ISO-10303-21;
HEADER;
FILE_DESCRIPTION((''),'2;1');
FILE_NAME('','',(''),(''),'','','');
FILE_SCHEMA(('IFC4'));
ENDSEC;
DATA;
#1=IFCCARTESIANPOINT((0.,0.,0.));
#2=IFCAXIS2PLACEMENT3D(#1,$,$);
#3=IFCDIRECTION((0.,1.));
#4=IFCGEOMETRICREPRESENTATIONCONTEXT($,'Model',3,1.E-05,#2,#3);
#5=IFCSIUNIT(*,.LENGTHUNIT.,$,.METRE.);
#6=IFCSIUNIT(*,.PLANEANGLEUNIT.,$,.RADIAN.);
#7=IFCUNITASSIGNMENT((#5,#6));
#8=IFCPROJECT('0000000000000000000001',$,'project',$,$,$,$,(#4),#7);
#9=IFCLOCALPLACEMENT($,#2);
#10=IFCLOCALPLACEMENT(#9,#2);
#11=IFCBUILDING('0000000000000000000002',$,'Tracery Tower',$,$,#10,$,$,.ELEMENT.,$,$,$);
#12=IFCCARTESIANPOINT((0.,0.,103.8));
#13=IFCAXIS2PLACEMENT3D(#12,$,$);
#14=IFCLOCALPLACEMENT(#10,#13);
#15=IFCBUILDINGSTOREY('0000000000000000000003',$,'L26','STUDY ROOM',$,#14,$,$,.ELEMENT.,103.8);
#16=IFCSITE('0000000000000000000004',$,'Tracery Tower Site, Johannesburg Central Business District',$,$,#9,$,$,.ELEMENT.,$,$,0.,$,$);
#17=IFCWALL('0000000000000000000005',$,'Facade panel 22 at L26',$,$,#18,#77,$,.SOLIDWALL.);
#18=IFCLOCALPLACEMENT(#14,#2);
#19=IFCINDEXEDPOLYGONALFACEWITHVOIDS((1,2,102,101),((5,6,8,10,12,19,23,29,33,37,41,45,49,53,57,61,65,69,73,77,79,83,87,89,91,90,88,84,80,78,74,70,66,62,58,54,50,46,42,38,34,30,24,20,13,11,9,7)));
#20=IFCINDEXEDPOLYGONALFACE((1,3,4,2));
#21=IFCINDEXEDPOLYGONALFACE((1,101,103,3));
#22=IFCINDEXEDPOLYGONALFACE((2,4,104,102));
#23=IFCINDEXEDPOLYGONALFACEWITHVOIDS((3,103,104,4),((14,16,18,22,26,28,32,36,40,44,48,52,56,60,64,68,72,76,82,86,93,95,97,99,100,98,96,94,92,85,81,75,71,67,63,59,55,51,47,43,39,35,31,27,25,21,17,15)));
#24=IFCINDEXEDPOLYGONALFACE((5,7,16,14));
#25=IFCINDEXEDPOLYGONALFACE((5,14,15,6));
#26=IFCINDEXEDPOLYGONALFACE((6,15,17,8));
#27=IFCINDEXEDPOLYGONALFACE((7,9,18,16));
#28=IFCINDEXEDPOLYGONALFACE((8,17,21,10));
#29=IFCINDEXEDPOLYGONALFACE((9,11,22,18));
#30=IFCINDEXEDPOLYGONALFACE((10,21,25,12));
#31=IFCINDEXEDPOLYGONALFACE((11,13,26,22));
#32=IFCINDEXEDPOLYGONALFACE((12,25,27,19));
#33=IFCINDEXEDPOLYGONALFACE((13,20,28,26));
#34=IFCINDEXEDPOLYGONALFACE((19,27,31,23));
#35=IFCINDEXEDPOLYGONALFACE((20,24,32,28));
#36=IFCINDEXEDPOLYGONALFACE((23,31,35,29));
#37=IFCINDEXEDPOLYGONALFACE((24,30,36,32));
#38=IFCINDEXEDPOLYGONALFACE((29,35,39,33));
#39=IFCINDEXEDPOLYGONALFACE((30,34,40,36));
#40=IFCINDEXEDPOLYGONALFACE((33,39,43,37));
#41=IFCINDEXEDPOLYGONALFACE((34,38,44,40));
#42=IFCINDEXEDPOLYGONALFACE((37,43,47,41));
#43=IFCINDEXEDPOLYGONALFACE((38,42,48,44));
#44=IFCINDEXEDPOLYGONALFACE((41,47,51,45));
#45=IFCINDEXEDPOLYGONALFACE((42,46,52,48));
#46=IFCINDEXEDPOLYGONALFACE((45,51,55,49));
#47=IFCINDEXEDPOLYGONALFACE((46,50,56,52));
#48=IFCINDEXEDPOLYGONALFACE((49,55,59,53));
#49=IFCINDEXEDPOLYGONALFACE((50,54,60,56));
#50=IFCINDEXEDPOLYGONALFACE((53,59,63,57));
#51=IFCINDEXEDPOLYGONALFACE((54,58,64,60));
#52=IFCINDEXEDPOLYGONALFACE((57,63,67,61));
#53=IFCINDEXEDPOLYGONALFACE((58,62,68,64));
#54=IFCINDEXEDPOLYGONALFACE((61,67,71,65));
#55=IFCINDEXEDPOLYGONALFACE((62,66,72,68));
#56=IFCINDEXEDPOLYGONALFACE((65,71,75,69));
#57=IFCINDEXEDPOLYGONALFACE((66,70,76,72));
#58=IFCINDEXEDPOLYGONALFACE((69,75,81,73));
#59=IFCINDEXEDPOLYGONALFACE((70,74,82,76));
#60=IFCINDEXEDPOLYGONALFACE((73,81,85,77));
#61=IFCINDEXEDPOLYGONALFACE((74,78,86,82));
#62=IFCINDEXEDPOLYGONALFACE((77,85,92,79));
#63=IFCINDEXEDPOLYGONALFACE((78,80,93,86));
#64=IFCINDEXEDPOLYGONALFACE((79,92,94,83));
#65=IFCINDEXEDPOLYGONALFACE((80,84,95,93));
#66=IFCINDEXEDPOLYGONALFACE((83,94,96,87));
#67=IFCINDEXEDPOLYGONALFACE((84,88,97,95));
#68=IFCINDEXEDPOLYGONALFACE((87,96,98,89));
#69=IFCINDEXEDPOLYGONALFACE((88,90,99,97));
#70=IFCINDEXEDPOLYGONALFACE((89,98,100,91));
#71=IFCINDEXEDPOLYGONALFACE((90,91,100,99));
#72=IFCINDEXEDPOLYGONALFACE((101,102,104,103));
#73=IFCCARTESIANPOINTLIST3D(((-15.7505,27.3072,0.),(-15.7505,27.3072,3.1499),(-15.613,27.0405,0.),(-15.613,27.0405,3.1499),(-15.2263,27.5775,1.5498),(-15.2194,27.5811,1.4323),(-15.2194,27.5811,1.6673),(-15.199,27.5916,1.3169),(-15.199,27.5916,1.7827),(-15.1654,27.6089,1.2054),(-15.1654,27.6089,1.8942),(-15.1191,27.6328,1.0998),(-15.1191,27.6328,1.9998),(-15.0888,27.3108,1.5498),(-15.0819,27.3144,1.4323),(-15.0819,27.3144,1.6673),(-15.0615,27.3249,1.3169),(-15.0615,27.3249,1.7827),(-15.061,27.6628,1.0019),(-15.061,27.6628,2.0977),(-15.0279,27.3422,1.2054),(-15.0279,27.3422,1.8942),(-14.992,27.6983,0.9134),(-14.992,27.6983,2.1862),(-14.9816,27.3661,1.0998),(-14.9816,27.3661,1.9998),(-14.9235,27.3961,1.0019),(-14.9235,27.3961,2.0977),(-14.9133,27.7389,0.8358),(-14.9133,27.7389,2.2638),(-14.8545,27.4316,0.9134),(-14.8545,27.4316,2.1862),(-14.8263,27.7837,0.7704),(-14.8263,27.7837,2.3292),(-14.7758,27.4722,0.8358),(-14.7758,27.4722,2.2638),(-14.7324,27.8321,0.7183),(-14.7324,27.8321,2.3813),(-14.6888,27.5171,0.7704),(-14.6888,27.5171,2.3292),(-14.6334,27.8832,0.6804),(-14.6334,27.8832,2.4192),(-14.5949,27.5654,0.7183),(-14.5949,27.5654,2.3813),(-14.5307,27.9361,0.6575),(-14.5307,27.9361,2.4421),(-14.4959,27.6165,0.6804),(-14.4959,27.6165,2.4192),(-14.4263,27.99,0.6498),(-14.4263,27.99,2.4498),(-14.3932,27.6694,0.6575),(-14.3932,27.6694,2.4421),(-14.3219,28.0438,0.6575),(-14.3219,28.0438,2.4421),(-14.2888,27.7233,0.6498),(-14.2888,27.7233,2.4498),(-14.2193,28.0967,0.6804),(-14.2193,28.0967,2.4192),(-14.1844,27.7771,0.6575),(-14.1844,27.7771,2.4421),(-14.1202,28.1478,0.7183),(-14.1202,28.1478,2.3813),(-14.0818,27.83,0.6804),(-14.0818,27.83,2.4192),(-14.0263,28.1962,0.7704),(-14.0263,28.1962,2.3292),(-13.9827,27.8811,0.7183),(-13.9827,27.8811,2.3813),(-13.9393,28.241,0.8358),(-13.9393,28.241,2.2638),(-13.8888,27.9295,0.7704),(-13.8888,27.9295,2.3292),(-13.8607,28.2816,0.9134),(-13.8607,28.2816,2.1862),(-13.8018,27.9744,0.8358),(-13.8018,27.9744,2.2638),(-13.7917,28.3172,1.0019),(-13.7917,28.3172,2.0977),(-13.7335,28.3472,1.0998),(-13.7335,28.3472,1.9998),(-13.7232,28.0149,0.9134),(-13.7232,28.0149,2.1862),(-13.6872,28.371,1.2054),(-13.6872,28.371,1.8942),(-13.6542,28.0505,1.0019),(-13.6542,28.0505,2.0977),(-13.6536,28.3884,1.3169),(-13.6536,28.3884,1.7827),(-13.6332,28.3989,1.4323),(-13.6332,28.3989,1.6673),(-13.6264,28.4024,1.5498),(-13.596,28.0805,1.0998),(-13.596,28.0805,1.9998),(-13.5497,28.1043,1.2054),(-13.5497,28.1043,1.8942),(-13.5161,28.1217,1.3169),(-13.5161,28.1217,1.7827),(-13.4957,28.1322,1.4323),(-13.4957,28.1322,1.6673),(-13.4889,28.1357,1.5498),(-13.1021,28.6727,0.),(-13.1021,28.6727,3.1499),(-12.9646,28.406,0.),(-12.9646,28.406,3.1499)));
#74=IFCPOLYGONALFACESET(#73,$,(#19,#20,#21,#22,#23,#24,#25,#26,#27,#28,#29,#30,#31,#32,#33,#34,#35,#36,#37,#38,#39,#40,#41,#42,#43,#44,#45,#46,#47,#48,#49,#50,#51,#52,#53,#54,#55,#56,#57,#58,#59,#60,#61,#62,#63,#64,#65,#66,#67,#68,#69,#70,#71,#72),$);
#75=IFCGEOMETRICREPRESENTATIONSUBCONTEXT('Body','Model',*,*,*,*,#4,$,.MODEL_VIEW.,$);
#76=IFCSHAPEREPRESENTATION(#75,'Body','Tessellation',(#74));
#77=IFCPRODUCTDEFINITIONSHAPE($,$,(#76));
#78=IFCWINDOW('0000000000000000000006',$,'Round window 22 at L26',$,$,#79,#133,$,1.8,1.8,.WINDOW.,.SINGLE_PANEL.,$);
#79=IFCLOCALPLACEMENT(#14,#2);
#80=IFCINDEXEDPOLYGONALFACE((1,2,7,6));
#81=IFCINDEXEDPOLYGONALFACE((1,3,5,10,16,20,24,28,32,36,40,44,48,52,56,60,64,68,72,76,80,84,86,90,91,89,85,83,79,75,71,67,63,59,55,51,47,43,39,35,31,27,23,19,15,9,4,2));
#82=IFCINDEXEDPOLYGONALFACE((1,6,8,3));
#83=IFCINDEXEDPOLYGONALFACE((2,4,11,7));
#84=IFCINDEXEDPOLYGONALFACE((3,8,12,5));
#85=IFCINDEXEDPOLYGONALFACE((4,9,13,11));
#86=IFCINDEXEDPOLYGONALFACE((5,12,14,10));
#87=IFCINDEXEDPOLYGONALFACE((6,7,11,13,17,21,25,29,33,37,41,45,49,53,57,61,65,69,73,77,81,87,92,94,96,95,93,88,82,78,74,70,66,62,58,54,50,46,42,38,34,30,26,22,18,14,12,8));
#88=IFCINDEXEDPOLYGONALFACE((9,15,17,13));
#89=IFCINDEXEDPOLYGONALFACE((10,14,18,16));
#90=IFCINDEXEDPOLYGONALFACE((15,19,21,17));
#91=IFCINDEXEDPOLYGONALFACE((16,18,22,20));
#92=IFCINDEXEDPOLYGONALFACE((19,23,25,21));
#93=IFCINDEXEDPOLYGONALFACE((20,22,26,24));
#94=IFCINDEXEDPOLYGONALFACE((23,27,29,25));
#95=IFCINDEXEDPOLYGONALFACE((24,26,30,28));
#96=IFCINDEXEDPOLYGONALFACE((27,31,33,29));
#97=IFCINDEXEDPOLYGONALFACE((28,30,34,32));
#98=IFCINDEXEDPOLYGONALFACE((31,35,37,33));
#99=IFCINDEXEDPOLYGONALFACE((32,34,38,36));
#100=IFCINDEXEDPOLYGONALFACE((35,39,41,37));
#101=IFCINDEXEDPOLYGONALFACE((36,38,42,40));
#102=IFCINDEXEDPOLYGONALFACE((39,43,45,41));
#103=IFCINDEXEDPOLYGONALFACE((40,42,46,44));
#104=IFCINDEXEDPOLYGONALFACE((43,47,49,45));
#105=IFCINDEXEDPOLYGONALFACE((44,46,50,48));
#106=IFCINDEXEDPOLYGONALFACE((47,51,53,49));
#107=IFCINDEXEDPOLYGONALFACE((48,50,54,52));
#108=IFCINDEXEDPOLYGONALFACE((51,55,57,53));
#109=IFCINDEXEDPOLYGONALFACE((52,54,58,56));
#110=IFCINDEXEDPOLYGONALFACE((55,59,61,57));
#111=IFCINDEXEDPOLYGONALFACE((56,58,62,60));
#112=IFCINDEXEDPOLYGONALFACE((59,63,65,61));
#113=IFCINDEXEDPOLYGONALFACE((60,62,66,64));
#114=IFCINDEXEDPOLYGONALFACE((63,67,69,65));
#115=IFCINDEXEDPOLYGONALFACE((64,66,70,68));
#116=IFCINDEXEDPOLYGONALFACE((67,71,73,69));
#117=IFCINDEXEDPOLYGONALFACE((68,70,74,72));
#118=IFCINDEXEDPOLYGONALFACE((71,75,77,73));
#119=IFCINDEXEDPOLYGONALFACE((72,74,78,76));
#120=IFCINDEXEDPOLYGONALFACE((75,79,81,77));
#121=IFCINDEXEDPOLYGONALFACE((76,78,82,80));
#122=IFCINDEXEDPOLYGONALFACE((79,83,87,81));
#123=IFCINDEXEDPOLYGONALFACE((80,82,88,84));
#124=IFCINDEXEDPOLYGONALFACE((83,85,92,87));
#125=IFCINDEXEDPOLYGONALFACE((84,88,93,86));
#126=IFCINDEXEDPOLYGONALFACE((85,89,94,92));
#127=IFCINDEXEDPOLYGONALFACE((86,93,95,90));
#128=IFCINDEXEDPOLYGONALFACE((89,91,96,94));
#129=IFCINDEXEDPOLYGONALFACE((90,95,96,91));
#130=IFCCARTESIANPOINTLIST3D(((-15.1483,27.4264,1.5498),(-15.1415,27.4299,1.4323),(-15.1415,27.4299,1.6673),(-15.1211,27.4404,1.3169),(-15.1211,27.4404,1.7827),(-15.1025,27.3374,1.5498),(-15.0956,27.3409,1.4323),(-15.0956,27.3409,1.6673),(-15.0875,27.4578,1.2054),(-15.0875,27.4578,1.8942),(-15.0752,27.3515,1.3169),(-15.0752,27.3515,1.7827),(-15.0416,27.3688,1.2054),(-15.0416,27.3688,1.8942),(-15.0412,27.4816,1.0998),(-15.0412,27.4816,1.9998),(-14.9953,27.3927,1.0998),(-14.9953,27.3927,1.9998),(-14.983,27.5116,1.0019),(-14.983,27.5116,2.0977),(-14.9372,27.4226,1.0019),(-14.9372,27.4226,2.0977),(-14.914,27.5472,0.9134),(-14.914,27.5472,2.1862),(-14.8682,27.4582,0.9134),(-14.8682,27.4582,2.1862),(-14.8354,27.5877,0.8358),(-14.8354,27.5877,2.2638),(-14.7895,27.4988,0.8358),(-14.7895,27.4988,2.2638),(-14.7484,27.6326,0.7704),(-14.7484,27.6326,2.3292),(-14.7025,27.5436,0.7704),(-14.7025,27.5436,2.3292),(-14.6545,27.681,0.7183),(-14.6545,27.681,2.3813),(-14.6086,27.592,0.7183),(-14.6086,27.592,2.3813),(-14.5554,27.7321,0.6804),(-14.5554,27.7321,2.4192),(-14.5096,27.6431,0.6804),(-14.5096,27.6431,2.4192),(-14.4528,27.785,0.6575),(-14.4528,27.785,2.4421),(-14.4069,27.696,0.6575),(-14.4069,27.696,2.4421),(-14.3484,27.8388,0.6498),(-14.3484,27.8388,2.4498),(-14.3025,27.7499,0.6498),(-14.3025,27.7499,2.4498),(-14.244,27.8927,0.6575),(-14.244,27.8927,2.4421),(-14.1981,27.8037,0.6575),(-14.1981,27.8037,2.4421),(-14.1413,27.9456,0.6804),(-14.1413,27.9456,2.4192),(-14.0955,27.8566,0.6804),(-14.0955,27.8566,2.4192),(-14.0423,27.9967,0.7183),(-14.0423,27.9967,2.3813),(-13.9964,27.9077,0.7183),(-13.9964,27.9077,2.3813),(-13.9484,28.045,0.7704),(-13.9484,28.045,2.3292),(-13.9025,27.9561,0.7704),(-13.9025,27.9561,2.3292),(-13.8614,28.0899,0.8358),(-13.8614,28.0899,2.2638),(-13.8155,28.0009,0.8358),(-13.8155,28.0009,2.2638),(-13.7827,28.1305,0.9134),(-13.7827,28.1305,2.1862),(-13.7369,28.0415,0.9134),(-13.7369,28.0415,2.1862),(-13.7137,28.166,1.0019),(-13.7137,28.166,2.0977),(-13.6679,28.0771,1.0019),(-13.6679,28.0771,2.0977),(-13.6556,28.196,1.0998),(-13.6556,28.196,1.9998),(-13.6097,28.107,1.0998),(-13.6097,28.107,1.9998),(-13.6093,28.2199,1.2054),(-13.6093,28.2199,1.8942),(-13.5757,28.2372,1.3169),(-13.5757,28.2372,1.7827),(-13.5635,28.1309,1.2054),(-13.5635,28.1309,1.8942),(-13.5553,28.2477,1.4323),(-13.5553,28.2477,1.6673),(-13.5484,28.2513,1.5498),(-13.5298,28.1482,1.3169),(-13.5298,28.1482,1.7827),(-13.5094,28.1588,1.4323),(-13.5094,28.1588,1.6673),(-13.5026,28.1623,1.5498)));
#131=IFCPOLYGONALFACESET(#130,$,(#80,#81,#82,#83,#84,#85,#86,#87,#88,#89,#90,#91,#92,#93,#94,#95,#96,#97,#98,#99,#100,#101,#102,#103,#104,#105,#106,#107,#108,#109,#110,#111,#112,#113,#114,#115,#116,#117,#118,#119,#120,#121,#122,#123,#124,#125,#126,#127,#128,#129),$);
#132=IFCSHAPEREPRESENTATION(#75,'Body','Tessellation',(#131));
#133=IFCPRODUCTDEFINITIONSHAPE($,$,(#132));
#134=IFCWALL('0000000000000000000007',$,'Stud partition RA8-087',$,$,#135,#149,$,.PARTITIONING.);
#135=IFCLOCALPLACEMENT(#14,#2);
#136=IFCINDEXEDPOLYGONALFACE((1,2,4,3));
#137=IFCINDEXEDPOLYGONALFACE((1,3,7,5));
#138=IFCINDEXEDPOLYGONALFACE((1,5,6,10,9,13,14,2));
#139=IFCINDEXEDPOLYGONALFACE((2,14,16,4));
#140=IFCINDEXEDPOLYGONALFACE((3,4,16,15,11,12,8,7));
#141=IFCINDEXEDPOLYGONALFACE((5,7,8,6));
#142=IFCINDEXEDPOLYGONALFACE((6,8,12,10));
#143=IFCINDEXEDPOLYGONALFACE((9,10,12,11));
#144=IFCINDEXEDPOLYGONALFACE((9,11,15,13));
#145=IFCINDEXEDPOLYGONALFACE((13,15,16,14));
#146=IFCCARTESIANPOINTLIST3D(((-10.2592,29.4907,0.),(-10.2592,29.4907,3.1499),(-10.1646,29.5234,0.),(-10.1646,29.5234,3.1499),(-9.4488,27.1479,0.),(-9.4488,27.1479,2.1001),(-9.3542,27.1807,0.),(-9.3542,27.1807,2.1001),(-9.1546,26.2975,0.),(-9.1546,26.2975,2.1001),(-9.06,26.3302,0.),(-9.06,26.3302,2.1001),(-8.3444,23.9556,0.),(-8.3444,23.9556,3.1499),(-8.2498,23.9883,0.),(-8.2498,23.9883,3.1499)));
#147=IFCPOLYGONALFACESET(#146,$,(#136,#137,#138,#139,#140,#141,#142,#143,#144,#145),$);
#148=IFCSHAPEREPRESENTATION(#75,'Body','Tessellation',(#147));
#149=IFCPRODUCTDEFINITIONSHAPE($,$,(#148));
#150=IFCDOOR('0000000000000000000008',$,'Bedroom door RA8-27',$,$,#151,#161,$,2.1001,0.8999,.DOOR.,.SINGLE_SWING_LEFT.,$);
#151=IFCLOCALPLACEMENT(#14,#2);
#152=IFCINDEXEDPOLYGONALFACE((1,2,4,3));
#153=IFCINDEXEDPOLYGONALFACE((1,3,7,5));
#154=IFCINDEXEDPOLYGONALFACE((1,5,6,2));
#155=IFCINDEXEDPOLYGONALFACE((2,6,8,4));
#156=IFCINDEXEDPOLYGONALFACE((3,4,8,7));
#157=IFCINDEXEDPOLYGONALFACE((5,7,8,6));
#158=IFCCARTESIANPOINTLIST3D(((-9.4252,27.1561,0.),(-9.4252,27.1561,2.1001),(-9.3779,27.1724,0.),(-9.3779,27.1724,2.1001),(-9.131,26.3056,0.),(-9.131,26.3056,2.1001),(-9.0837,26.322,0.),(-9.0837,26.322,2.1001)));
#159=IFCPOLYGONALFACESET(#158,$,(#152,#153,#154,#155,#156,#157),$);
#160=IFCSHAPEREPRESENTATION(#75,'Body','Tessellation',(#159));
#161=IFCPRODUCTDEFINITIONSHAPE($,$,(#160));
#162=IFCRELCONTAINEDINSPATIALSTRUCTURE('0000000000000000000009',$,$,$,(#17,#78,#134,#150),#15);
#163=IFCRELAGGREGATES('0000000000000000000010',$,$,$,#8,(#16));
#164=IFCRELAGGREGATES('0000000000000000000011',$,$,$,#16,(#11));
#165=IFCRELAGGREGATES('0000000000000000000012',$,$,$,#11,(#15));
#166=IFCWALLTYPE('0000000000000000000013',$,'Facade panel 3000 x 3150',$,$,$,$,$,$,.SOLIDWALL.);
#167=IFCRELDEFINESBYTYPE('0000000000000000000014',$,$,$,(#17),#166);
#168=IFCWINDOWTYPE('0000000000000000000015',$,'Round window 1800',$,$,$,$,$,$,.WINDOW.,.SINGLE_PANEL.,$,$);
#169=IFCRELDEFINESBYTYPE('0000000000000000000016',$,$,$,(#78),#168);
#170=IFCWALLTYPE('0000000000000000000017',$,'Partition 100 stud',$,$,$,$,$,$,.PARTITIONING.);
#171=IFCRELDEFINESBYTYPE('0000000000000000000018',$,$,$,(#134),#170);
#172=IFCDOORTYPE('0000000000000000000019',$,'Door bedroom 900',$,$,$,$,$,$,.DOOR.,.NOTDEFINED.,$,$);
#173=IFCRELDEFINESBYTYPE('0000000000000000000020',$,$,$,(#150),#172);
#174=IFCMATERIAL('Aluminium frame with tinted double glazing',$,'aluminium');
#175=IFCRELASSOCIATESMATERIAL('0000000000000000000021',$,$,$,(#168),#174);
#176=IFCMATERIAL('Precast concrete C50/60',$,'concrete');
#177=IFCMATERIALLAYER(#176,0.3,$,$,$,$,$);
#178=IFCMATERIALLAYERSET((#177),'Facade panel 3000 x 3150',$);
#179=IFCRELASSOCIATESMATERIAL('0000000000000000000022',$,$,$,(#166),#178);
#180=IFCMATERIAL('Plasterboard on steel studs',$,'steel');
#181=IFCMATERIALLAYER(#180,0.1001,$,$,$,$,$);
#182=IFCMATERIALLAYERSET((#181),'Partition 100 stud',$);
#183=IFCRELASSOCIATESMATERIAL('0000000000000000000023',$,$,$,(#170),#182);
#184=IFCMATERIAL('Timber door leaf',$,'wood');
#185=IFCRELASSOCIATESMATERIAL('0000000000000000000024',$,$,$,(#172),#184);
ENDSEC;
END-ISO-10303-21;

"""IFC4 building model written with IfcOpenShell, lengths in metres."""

from ifc_helpers import new_model, si_unit, direction, frame, frame_2d, origin, origin_2d, place, context, subcontext, project, spatial, rectangle, circle, extrude, material, layer, layer_set, type_object, element, fill, save


model = new_model("IFC4")

# Units and contexts
model_context = context("Model", 3, precision=1e-05, world=origin(), true_north=direction((0.0, 1.0)))
body_context = subcontext(model_context, "Body", "Model", "MODEL_VIEW")
ifc_project = project(units=[si_unit("LENGTHUNIT", "METRE"), si_unit("PLANEANGLEUNIT", "RADIAN")], contexts=[model_context])

# Site, building, storey
site_placement = place(None, origin())
site = spatial("IfcSite", under=ifc_project, at=site_placement, Name="Tracery Tower Site, Johannesburg Central Business District", CompositionType="ELEMENT", RefElevation=0.0)
building_placement = place(site_placement, origin())
building = spatial("IfcBuilding", under=site, at=building_placement, Name="Tracery Tower", CompositionType="ELEMENT")
storey_placement = place(building_placement, frame((0.0, 0.0, 103.8)))
storey = spatial("IfcBuildingStorey", under=building, at=storey_placement, Name="L26", Description="STUDY ROOM", CompositionType="ELEMENT", Elevation=103.8)

# Wall, opening, window
ifc_material_1 = material(Name="Aluminium frame with tinted double glazing", Category="aluminium")
window_type = type_object("IfcWindowType", Name="Round window 1800", PartitioningType="SINGLE_PANEL", PredefinedType="WINDOW", material=ifc_material_1)
ifc_material_2 = material(Name="Precast concrete C50/60", Category="concrete")
ifc_layer_1 = layer(ifc_material_2, 0.3)
ifc_layer_set_1 = layer_set([ifc_layer_1], Name="Facade panel 3000 x 3150")
wall_type_1 = type_object("IfcWallType", Name="Facade panel 3000 x 3150", PredefinedType="SOLIDWALL", material=ifc_layer_set_1)
wall_1_placement = place(storey_placement, frame((-13.0334, 28.5393, 0.0), z_axis=(0.0, 0.0, 1.0), x_axis=(-0.88882, -0.458257, 0.0)))
wall_1 = element("IfcWall", 1, at=wall_1_placement, inside=storey, type_object=wall_type_1, Name="Facade panel 22 at L26", PredefinedType="SOLIDWALL", context=body_context, shape_type="SweptSolid", body=[
    extrude(rectangle(XDim=2.9797, YDim=0.3, at=frame_2d((1.4897, 0.0))), origin(), (0.0, 0.0, 1.0), 3.1499),
])
opening_1_placement = place(wall_1_placement, frame((1.4897, 0.0, 1.5498)))
opening_1 = element("IfcOpeningElement", 2, at=opening_1_placement, cuts=wall_1, PredefinedType="OPENING", context=body_context, shape_type="SweptSolid", body=[
    extrude(circle(Radius=0.9, at=origin_2d()), frame((0.0, 0.1599, 0.0), z_axis=(0.0, -1.0, 0.0), x_axis=(1.0, 0.0, 0.0)), (0.0, 0.0, 1.0), 0.3201),
])
window_1_placement = place(opening_1_placement, origin())
window_1 = element("IfcWindow", 3, at=window_1_placement, inside=storey, type_object=window_type, Name="Round window 22 at L26", OverallHeight=1.8, OverallWidth=1.8, PartitioningType="SINGLE_PANEL", PredefinedType="WINDOW", context=body_context, shape_type="SweptSolid", body=[
    extrude(circle(Radius=0.9, at=origin_2d()), frame((0.0, 0.1201, 0.0), z_axis=(0.0, -1.0, 0.0), x_axis=(1.0, 0.0, 0.0)), (0.0, 0.0, 1.0), 0.1001),
])
fill(opening_1, window_1)

# Wall, opening, door
ifc_material_3 = material(Name="Plasterboard on steel studs", Category="steel")
ifc_layer_2 = layer(ifc_material_3, 0.1001)
ifc_layer_set_2 = layer_set([ifc_layer_2], Name="Partition 100 stud")
wall_type_2 = type_object("IfcWallType", Name="Partition 100 stud", PredefinedType="PARTITIONING", material=ifc_layer_set_2)
wall_2_placement = place(storey_placement, frame((-10.2119, 29.5071, 0.0), z_axis=(0.0, 0.0, 1.0), x_axis=(0.326924, -0.94505, 0.0)))
wall_2 = element("IfcWall", 4, at=wall_2_placement, inside=storey, type_object=wall_type_2, Name="Stud partition RA8-087", PredefinedType="PARTITIONING", context=body_context, shape_type="SweptSolid", body=[
    extrude(rectangle(XDim=5.8569, YDim=0.1001, at=frame_2d((2.9285, 0.0))), origin(), (0.0, 0.0, 1.0), 3.1499),
])
opening_2_placement = place(wall_2_placement, frame((2.479, 0.0, 0.0)))
opening_2 = element("IfcOpeningElement", 5, at=opening_2_placement, cuts=wall_2, PredefinedType="OPENING", context=body_context, shape_type="SweptSolid", body=[
    extrude(rectangle(XDim=0.8999, YDim=2.1001, at=frame_2d((0.45, 1.05))), frame((0.0, 0.05, 0.0), z_axis=(0.0, -1.0, 0.0), x_axis=(1.0, 0.0, 0.0)), (0.0, 0.0, 1.0), 0.1001),
])
ifc_material_4 = material(Name="Timber door leaf", Category="wood")
door_type_1 = type_object("IfcDoorType", Name="Door bedroom 900", OperationType="NOTDEFINED", PredefinedType="DOOR", material=ifc_material_4)
door_1_placement = place(opening_2_placement, origin())
door_1 = element("IfcDoor", 6, at=door_1_placement, inside=storey, type_object=door_type_1, Name="Bedroom door RA8-27", OperationType="SINGLE_SWING_LEFT", OverallHeight=2.1001, OverallWidth=0.8999, PredefinedType="DOOR", context=body_context, shape_type="SweptSolid", body=[
    extrude(rectangle(XDim=0.8999, YDim=2.1001, at=frame_2d((0.45, 1.05))), frame((0.0, 0.0249, 0.0), z_axis=(0.0, -1.0, 0.0), x_axis=(1.0, 0.0, 0.0)), (0.0, 0.0, 1.0), 0.05),
])
fill(opening_2, door_1)

save(model, "model.ifc")
